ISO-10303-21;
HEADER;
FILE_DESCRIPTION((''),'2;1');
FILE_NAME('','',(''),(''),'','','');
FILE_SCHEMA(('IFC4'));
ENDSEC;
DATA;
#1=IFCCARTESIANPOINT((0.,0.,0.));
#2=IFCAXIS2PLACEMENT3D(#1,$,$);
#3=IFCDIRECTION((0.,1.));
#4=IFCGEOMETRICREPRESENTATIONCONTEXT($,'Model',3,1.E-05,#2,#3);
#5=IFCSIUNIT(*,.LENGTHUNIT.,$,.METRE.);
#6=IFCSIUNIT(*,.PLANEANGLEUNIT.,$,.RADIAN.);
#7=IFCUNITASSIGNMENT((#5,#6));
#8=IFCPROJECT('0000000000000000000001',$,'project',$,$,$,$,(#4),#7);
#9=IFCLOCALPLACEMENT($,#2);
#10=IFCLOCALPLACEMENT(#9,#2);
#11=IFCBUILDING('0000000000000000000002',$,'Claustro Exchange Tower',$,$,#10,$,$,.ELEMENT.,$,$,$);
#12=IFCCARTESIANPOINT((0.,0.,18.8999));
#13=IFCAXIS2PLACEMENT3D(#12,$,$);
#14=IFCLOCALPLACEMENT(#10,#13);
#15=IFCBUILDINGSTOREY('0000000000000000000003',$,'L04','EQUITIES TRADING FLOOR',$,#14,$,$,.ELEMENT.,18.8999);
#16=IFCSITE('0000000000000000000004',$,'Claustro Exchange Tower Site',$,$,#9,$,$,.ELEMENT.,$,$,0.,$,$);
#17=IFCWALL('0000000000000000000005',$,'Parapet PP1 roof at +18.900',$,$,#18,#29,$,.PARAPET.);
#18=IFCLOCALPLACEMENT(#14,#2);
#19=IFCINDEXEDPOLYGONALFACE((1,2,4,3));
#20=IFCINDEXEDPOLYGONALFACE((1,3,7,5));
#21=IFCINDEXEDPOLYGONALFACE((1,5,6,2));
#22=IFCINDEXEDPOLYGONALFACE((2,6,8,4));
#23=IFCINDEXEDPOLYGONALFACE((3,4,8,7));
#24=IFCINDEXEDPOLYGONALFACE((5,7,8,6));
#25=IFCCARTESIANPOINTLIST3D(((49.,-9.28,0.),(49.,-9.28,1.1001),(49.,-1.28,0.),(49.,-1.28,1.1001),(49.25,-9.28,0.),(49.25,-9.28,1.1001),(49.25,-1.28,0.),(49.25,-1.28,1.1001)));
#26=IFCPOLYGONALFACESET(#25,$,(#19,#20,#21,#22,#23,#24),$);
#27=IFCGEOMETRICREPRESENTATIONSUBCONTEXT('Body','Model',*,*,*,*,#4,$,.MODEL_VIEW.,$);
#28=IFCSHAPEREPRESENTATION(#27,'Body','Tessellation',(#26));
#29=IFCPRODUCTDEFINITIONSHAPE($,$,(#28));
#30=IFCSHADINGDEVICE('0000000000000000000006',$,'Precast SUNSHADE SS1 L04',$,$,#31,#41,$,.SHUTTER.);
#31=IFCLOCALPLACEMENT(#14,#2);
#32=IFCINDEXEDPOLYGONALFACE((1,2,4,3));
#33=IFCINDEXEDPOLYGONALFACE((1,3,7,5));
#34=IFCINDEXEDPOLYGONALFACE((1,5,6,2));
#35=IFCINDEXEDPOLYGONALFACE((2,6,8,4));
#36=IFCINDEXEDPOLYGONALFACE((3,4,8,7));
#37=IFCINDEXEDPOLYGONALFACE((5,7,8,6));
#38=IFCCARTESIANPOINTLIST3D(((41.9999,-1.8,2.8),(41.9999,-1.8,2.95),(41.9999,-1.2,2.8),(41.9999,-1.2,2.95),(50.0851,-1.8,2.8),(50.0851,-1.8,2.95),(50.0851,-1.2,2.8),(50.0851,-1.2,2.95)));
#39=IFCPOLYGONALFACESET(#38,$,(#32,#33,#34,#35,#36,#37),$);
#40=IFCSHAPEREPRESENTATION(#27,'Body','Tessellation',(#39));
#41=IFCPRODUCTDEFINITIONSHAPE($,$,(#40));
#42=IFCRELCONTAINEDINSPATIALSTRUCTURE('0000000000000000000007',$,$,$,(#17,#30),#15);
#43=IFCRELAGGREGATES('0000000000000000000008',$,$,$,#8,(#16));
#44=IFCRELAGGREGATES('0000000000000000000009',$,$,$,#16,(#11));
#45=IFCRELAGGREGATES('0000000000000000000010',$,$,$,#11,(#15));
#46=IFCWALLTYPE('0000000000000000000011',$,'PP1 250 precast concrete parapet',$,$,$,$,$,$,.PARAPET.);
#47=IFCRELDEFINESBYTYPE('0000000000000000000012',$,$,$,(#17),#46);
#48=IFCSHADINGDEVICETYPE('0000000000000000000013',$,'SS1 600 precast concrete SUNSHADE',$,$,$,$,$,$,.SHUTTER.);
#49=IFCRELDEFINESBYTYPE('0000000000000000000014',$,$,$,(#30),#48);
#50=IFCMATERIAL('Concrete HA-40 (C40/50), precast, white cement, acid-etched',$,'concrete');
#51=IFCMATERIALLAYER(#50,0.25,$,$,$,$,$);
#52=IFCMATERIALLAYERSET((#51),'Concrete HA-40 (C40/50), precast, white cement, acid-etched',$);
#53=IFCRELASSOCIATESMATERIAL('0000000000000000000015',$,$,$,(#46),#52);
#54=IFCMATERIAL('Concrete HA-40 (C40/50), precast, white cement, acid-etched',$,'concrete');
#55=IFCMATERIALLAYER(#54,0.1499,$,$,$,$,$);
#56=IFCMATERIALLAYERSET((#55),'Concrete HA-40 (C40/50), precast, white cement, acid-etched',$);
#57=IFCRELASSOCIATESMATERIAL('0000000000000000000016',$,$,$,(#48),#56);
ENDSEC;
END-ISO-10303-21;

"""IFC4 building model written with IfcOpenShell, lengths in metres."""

from ifc_helpers import new_model, si_unit, direction, frame, frame_2d, origin, origin_2d, place, context, subcontext, project, spatial, rectangle, extrude, material, layer, layer_set, type_object, element, save


model = new_model("IFC4")

# Units and contexts
model_context = context("Model", 3, precision=1e-05, world=origin(), true_north=direction((0.0, 1.0)))
body_context = subcontext(model_context, "Body", "Model", "MODEL_VIEW")
ifc_project = project(units=[si_unit("LENGTHUNIT", "METRE"), si_unit("PLANEANGLEUNIT", "RADIAN")], contexts=[model_context])

# Site, building, storey
site_placement = place(None, origin())
site = spatial("IfcSite", under=ifc_project, at=site_placement, Name="Claustro Exchange Tower Site", CompositionType="ELEMENT", RefElevation=0.0)
building_placement = place(site_placement, origin())
building = spatial("IfcBuilding", under=site, at=building_placement, Name="Claustro Exchange Tower", CompositionType="ELEMENT")
storey_placement = place(building_placement, frame((0.0, 0.0, 18.8999)))
storey = spatial("IfcBuildingStorey", under=building, at=storey_placement, Name="L04", Description="EQUITIES TRADING FLOOR", CompositionType="ELEMENT", Elevation=18.8999)

# Wall
ifc_material_1 = material(Name="Concrete HA-40 (C40/50), precast, white cement, acid-etched", Category="concrete")
ifc_layer_1 = layer(ifc_material_1, 0.25)
ifc_layer_set_1 = layer_set([ifc_layer_1], Name="Concrete HA-40 (C40/50), precast, white cement, acid-etched")
wall_type_1 = type_object("IfcWallType", Name="PP1 250 precast concrete parapet", PredefinedType="PARAPET", material=ifc_layer_set_1)
for number, where, z_axis, x_axis, name in (
    (1, (49.125, -9.28, 0.0), (0.0, 0.0, 1.0), (0.0, 1.0, 0.0), "Parapet PP1 roof at +18.900"),
):
    element("IfcWall", number, at=place(storey_placement, frame(where, z_axis=z_axis, x_axis=x_axis)), inside=storey, type_object=wall_type_1, Name=name, PredefinedType="PARAPET", context=body_context, shape_type="SweptSolid", body=[
        extrude(rectangle(XDim=8.0, YDim=0.25, at=frame_2d((4.0, 0.0))), origin(), (0.0, 0.0, 1.0), 1.1001),
    ])

# Shading device
ifc_material_2 = material(Name="Concrete HA-40 (C40/50), precast, white cement, acid-etched", Category="concrete")
ifc_layer_2 = layer(ifc_material_2, 0.1499)
ifc_layer_set_2 = layer_set([ifc_layer_2], Name="Concrete HA-40 (C40/50), precast, white cement, acid-etched")
shading_device_type = type_object("IfcShadingDeviceType", Name="SS1 600 precast concrete SUNSHADE", PredefinedType="SHUTTER", material=ifc_layer_set_2)
shading_device_placement = place(storey_placement, frame((46.0425, -1.5, 2.8), z_axis=(0.0, 0.0, 1.0), x_axis=(-1.0, 0.0, 0.0)))
element("IfcShadingDevice", 2, at=shading_device_placement, inside=storey, type_object=shading_device_type, Name="Precast SUNSHADE SS1 L04", PredefinedType="SHUTTER", context=body_context, shape_type="SweptSolid", body=[
    extrude(rectangle(XDim=8.0852, YDim=0.6001, at=origin_2d()), origin(), (0.0, 0.0, 1.0), 0.1499),
])

save(model, "model.ifc")
